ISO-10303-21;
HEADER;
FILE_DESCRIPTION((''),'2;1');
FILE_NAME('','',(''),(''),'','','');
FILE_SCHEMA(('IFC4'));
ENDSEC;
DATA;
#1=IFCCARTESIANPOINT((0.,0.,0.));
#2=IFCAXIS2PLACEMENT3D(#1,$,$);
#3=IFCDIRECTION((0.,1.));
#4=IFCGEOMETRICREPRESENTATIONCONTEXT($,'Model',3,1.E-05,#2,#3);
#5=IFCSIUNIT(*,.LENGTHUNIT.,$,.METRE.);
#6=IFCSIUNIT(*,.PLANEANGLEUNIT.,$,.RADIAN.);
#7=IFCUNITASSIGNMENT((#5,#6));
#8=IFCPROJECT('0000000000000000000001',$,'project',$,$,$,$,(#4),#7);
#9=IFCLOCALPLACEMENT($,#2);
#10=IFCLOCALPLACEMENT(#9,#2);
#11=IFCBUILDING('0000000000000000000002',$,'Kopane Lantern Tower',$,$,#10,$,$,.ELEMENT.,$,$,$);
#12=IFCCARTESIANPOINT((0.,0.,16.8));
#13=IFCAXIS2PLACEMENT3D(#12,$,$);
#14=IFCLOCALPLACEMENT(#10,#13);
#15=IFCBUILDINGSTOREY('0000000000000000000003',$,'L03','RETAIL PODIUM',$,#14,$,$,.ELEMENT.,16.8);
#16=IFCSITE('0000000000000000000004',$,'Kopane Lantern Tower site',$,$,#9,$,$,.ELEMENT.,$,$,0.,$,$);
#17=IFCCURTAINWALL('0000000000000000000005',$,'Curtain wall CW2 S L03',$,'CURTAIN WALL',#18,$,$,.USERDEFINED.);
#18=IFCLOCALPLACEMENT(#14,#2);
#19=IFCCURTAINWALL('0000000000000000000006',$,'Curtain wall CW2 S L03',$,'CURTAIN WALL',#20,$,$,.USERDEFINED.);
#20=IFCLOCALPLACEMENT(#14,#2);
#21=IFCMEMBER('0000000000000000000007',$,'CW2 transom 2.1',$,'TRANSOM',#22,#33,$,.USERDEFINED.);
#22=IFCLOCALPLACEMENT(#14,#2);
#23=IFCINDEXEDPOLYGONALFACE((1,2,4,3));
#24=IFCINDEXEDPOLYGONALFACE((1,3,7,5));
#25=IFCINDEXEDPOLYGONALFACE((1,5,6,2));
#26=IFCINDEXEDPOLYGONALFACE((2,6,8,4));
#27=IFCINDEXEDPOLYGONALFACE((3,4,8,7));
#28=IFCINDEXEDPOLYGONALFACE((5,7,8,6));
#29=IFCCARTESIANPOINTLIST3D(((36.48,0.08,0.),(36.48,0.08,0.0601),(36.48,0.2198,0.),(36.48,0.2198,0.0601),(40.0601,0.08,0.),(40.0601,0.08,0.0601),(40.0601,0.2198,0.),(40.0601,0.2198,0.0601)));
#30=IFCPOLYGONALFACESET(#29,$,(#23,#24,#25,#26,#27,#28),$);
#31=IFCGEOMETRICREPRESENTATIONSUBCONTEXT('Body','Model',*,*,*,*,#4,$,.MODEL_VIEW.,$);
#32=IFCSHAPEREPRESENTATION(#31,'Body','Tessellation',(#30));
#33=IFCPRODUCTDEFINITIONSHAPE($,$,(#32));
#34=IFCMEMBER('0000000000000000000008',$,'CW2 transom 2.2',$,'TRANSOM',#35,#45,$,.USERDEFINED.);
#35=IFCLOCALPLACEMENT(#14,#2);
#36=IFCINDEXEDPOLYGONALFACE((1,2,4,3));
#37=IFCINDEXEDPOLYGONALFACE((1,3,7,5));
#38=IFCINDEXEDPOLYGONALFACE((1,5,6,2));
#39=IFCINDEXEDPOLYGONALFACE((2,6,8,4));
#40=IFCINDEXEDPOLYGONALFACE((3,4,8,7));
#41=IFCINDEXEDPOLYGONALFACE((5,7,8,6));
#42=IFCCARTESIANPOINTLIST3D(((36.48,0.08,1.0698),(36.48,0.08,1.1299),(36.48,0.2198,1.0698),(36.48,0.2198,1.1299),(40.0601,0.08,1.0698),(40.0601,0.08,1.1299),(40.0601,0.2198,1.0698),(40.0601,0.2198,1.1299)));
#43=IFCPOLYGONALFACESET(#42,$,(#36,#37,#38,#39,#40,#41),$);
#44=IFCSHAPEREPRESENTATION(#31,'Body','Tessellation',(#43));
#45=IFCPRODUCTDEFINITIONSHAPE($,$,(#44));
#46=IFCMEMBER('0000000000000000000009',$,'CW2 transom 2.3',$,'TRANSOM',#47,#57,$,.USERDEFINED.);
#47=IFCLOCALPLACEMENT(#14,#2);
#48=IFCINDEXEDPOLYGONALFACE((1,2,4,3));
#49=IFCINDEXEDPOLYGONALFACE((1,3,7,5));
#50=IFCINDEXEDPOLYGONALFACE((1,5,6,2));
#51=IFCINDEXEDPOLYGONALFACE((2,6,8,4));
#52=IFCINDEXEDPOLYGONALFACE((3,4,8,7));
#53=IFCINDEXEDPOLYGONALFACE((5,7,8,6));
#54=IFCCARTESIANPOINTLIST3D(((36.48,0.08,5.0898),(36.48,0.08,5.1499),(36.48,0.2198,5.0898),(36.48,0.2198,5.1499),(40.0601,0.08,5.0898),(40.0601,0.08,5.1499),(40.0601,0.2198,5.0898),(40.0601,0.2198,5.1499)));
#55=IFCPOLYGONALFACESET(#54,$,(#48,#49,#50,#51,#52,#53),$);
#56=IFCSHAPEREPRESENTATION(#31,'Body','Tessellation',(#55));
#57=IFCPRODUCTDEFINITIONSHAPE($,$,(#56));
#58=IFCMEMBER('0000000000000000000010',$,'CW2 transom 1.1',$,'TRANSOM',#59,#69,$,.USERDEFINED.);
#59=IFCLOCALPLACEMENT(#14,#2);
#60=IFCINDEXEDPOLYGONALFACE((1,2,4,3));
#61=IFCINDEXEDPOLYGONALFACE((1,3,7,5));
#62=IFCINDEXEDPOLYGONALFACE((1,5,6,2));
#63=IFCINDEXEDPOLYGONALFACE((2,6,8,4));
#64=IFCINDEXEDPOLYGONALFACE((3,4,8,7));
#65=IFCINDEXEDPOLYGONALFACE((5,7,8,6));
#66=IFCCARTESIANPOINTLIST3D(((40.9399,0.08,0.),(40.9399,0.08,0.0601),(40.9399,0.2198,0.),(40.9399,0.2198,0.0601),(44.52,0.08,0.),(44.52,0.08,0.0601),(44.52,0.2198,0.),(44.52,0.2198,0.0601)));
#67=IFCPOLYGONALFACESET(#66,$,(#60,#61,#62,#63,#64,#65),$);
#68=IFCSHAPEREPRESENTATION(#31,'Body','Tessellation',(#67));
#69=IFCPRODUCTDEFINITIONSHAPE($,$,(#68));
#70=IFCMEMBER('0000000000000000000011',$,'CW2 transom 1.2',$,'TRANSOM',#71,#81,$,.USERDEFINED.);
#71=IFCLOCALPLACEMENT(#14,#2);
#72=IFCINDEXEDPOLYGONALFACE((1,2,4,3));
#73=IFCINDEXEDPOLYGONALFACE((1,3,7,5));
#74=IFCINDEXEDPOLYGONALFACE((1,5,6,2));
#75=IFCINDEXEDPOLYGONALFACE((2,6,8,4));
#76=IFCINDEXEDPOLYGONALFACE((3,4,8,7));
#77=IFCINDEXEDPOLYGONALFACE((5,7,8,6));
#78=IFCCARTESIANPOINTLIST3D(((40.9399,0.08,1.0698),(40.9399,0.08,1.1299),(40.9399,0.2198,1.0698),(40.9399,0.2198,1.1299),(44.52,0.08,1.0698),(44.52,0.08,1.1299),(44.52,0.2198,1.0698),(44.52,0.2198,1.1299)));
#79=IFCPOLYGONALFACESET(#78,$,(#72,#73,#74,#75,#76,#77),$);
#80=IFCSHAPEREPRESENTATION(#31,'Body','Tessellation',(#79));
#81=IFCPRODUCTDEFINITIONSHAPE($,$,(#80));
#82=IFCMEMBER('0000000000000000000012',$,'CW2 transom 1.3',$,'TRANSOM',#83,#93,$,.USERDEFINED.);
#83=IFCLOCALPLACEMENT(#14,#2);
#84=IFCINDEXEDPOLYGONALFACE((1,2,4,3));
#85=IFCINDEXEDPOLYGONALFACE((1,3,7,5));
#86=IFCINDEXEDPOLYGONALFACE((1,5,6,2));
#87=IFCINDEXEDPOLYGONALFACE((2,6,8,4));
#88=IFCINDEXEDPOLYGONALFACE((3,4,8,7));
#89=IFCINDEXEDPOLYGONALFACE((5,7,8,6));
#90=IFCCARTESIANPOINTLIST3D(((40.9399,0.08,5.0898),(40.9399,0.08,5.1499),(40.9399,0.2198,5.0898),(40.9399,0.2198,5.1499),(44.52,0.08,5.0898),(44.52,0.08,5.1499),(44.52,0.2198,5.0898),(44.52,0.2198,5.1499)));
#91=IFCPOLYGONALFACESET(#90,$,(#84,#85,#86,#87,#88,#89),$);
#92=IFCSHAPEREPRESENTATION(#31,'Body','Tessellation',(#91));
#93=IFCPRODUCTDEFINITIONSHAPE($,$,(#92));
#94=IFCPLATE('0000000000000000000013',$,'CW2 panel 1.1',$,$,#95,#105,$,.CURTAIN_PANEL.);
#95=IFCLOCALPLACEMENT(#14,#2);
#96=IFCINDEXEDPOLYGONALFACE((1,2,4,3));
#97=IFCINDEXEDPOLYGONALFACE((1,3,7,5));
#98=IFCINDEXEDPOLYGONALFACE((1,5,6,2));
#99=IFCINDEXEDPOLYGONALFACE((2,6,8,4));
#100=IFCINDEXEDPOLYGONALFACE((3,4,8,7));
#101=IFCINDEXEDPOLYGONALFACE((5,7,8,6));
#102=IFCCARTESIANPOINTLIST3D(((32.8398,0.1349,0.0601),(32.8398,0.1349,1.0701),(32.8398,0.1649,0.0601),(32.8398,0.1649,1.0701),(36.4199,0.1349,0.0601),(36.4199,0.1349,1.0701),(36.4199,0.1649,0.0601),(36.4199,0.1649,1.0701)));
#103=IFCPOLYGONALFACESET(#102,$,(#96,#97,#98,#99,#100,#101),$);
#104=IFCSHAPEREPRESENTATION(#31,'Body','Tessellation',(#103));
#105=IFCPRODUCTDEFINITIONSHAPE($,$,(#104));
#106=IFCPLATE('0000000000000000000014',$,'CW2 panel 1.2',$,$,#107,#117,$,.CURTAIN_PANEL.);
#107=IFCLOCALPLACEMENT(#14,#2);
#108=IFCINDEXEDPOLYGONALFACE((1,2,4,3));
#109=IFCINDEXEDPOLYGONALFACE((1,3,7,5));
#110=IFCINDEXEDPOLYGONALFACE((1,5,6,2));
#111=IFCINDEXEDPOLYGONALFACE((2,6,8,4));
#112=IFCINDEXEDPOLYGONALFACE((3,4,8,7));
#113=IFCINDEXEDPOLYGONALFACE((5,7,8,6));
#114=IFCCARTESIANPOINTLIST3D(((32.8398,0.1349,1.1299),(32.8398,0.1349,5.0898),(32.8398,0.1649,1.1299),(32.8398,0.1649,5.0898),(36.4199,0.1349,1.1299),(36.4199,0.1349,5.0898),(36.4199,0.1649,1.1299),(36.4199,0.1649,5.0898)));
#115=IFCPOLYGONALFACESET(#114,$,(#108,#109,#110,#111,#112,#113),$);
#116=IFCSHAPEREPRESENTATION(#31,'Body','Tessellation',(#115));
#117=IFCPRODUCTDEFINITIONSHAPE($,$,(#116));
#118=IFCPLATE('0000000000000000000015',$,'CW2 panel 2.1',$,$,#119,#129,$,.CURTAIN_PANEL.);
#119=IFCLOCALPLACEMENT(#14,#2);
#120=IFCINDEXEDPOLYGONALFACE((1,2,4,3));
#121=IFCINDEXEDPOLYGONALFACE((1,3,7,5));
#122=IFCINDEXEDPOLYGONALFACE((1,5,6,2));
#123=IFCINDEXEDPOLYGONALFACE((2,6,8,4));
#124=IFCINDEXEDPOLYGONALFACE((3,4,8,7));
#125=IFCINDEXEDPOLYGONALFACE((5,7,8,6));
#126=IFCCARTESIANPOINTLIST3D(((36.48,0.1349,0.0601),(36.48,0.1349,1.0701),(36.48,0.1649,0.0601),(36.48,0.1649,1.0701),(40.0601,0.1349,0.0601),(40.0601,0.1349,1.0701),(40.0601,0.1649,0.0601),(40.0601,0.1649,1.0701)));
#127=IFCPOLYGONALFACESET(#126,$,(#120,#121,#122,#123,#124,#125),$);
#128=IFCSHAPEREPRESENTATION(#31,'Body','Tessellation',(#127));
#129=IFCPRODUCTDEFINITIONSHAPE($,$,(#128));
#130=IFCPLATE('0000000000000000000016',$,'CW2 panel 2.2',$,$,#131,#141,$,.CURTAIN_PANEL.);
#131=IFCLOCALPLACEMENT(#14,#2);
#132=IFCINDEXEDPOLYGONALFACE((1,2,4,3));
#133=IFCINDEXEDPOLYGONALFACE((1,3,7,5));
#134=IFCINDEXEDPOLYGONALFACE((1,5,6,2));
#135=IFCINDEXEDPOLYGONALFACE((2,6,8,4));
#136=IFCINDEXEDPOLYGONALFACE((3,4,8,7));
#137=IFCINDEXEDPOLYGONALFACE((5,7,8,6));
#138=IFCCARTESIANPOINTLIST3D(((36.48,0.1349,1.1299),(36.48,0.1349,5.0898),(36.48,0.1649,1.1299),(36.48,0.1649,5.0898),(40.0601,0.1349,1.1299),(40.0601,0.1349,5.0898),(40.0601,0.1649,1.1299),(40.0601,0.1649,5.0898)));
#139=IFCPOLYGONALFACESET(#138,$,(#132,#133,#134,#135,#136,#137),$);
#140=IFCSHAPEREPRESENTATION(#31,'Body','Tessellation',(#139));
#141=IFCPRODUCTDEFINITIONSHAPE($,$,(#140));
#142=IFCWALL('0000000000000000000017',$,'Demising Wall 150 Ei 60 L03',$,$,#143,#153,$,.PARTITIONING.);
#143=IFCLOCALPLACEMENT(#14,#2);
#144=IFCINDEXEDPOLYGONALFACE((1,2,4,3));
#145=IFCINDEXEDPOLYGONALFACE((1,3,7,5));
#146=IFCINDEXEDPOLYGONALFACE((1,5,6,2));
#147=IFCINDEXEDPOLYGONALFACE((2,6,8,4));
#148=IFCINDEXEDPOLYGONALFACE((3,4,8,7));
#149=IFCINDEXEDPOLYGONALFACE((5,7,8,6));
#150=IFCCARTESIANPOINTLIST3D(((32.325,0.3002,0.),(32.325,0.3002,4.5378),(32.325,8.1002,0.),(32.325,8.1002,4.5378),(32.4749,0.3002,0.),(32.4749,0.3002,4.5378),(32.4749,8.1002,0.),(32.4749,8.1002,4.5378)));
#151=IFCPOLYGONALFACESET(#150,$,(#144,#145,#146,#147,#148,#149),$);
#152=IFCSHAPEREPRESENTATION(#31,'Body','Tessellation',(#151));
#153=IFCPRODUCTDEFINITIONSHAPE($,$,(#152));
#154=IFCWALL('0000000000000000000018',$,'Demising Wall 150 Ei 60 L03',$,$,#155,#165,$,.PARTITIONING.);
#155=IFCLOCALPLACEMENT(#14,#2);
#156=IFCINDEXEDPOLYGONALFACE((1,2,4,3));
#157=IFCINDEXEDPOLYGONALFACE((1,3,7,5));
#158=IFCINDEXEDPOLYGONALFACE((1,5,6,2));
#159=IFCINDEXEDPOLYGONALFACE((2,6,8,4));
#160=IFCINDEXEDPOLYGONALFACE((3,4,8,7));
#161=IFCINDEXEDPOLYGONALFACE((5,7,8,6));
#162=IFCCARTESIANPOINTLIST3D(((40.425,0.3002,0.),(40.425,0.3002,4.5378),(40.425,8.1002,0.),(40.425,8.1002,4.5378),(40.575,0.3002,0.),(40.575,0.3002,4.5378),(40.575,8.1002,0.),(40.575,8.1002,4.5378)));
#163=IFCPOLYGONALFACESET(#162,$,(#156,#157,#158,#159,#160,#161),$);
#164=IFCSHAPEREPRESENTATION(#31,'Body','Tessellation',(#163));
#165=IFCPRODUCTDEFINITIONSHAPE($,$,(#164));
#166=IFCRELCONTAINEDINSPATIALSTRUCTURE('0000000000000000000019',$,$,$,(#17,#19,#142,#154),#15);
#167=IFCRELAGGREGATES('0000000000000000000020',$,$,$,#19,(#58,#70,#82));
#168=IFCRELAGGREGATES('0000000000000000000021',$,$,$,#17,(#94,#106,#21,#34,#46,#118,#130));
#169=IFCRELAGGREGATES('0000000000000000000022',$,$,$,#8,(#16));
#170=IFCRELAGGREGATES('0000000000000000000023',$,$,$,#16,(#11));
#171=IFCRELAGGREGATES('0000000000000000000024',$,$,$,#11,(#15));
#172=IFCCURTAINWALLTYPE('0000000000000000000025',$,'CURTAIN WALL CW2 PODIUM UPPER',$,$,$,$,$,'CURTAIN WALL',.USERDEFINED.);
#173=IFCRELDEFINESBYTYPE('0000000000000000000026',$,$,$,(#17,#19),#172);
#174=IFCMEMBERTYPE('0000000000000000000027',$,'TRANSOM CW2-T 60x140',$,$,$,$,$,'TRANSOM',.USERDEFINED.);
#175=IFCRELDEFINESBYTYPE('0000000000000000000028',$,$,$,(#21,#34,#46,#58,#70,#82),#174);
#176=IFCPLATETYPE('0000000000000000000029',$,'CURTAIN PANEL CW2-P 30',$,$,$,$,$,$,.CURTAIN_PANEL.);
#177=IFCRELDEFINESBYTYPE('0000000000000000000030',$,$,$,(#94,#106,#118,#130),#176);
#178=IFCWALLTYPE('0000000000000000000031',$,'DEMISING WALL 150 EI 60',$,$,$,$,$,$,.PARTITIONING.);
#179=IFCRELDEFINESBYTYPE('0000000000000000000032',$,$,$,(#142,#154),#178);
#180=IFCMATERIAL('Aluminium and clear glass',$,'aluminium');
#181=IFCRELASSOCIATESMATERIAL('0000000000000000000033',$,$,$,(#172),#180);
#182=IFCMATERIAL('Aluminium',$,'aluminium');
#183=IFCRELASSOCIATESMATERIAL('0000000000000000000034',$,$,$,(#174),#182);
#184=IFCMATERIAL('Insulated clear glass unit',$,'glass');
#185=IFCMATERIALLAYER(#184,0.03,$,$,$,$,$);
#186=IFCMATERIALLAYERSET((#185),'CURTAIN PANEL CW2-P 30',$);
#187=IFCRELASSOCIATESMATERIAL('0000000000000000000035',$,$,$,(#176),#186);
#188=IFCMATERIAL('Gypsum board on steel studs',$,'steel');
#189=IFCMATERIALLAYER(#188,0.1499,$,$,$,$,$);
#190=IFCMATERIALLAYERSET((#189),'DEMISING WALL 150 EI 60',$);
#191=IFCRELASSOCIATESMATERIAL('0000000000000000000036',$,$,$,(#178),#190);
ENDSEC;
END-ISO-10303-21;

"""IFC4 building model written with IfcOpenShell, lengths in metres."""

from ifc_helpers import new_model, si_unit, direction, frame, frame_2d, origin, origin_2d, place, context, subcontext, project, spatial, rectangle, extrude, material, layer, layer_set, material_profile, profile_set, type_object, element, aggregate, save


model = new_model("IFC4")

# Units and contexts
model_context = context("Model", 3, precision=1e-05, world=origin(), true_north=direction((0.0, 1.0)))
body_context = subcontext(model_context, "Body", "Model", "MODEL_VIEW")
ifc_project = project(units=[si_unit("LENGTHUNIT", "METRE"), si_unit("PLANEANGLEUNIT", "RADIAN")], contexts=[model_context])

# Site, building, storey
site_placement = place(None, origin())
site = spatial("IfcSite", under=ifc_project, at=site_placement, Name="Kopane Lantern Tower site", CompositionType="ELEMENT", RefElevation=0.0)
building_placement = place(site_placement, origin())
building = spatial("IfcBuilding", under=site, at=building_placement, Name="Kopane Lantern Tower", CompositionType="ELEMENT")
storey_placement = place(building_placement, frame((0.0, 0.0, 16.8)))
storey = spatial("IfcBuildingStorey", under=building, at=storey_placement, Name="L03", Description="RETAIL PODIUM", CompositionType="ELEMENT", Elevation=16.8)

# Curtain wall
ifc_material_1 = material(Name="Aluminium and clear glass", Category="aluminium")
curtain_wall_type = type_object("IfcCurtainWallType", Name="CURTAIN WALL CW2 PODIUM UPPER", ElementType="CURTAIN WALL", PredefinedType="USERDEFINED", material=ifc_material_1)
curtain_wall_1_placement = place(storey_placement, origin())
curtain_wall_1 = element("IfcCurtainWall", 1, at=curtain_wall_1_placement, inside=storey, type_object=curtain_wall_type, Name="Curtain wall CW2 S L03", ObjectType="CURTAIN WALL", PredefinedType="USERDEFINED")

# Curtain wall
curtain_wall_2_placement = place(storey_placement, origin())
curtain_wall_2 = element("IfcCurtainWall", 2, at=curtain_wall_2_placement, inside=storey, type_object=curtain_wall_type, Name="Curtain wall CW2 S L03", ObjectType="CURTAIN WALL", PredefinedType="USERDEFINED")

# Members
ifc_material_2 = material(Name="Aluminium", Category="aluminium")
ifc_material_profile_1 = material_profile(ifc_material_2, rectangle(XDim=0.1399, YDim=0.0601, at=origin_2d()), Name="AL 140x60")
ifc_profile_set_1 = profile_set([ifc_material_profile_1], Name="Aluminium")
member_type_1 = type_object("IfcMemberType", Name="TRANSOM CW2-T 60x140", ElementType="TRANSOM", PredefinedType="USERDEFINED", material=ifc_profile_set_1)
member_1_placement = place(storey_placement, frame((36.48, 0.1499, 0.03), z_axis=(1.0, 0.0, 0.0), x_axis=(0.0, 1.0, 0.0)))
member_1 = element("IfcMember", 3, at=member_1_placement, type_object=member_type_1, Name="CW2 transom 2.1", ObjectType="TRANSOM", PredefinedType="USERDEFINED", context=body_context, shape_type="SweptSolid", body=[
    extrude(rectangle(XDim=0.1399, YDim=0.0601, at=origin_2d()), origin(), (0.0, 0.0, 1.0), 3.5801),
])
member_2_placement = place(storey_placement, frame((36.48, 0.1499, 1.0999), z_axis=(1.0, 0.0, 0.0), x_axis=(0.0, 1.0, 0.0)))
member_2 = element("IfcMember", 4, at=member_2_placement, type_object=member_type_1, Name="CW2 transom 2.2", ObjectType="TRANSOM", PredefinedType="USERDEFINED", context=body_context, shape_type="SweptSolid", body=[
    extrude(rectangle(XDim=0.1399, YDim=0.0601, at=origin_2d()), origin(), (0.0, 0.0, 1.0), 3.5801),
])
member_3_placement = place(storey_placement, frame((36.48, 0.1499, 5.1199), z_axis=(1.0, 0.0, 0.0), x_axis=(0.0, 1.0, 0.0)))
member_3 = element("IfcMember", 5, at=member_3_placement, type_object=member_type_1, Name="CW2 transom 2.3", ObjectType="TRANSOM", PredefinedType="USERDEFINED", context=body_context, shape_type="SweptSolid", body=[
    extrude(rectangle(XDim=0.1399, YDim=0.0601, at=origin_2d()), origin(), (0.0, 0.0, 1.0), 3.5801),
])
member_4_placement = place(storey_placement, frame((40.9399, 0.1499, 0.03), z_axis=(1.0, 0.0, 0.0), x_axis=(0.0, 1.0, 0.0)))
member_4 = element("IfcMember", 6, at=member_4_placement, type_object=member_type_1, Name="CW2 transom 1.1", ObjectType="TRANSOM", PredefinedType="USERDEFINED", context=body_context, shape_type="SweptSolid", body=[
    extrude(rectangle(XDim=0.1399, YDim=0.0601, at=origin_2d()), origin(), (0.0, 0.0, 1.0), 3.5801),
])
member_5_placement = place(storey_placement, frame((40.9399, 0.1499, 1.0999), z_axis=(1.0, 0.0, 0.0), x_axis=(0.0, 1.0, 0.0)))
member_5 = element("IfcMember", 7, at=member_5_placement, type_object=member_type_1, Name="CW2 transom 1.2", ObjectType="TRANSOM", PredefinedType="USERDEFINED", context=body_context, shape_type="SweptSolid", body=[
    extrude(rectangle(XDim=0.1399, YDim=0.0601, at=origin_2d()), origin(), (0.0, 0.0, 1.0), 3.5801),
])
member_6_placement = place(storey_placement, frame((40.9399, 0.1499, 5.1199), z_axis=(1.0, 0.0, 0.0), x_axis=(0.0, 1.0, 0.0)))
member_6 = element("IfcMember", 8, at=member_6_placement, type_object=member_type_1, Name="CW2 transom 1.3", ObjectType="TRANSOM", PredefinedType="USERDEFINED", context=body_context, shape_type="SweptSolid", body=[
    extrude(rectangle(XDim=0.1399, YDim=0.0601, at=origin_2d()), origin(), (0.0, 0.0, 1.0), 3.5801),
])
aggregate(curtain_wall_2, [member_4, member_5, member_6])

# Plates
ifc_material_3 = material(Name="Insulated clear glass unit", Category="glass")
ifc_layer_1 = layer(ifc_material_3, 0.03)
ifc_layer_set_1 = layer_set([ifc_layer_1], Name="CURTAIN PANEL CW2-P 30")
plate_type = type_object("IfcPlateType", Name="CURTAIN PANEL CW2-P 30", PredefinedType="CURTAIN_PANEL", material=ifc_layer_set_1)
plate_1_placement = place(storey_placement, frame((34.6299, 0.1499, 0.0601), z_axis=(0.0, 0.0, 1.0), x_axis=(1.0, 0.0, 0.0)))
plate_1 = element("IfcPlate", 9, at=plate_1_placement, type_object=plate_type, Name="CW2 panel 1.1", PredefinedType="CURTAIN_PANEL", context=body_context, shape_type="SweptSolid", body=[
    extrude(rectangle(XDim=3.5801, YDim=0.03, at=origin_2d()), origin(), (0.0, 0.0, 1.0), 1.01),
])
plate_2_placement = place(storey_placement, frame((34.6299, 0.1499, 1.1299), z_axis=(0.0, 0.0, 1.0), x_axis=(1.0, 0.0, 0.0)))
plate_2 = element("IfcPlate", 10, at=plate_2_placement, type_object=plate_type, Name="CW2 panel 1.2", PredefinedType="CURTAIN_PANEL", context=body_context, shape_type="SweptSolid", body=[
    extrude(rectangle(XDim=3.5801, YDim=0.03, at=origin_2d()), origin(), (0.0, 0.0, 1.0), 3.96),
])
plate_3_placement = place(storey_placement, frame((38.27, 0.1499, 0.0601), z_axis=(0.0, 0.0, 1.0), x_axis=(1.0, 0.0, 0.0)))
plate_3 = element("IfcPlate", 11, at=plate_3_placement, type_object=plate_type, Name="CW2 panel 2.1", PredefinedType="CURTAIN_PANEL", context=body_context, shape_type="SweptSolid", body=[
    extrude(rectangle(XDim=3.5801, YDim=0.03, at=origin_2d()), origin(), (0.0, 0.0, 1.0), 1.01),
])
plate_4_placement = place(storey_placement, frame((38.27, 0.1499, 1.1299), z_axis=(0.0, 0.0, 1.0), x_axis=(1.0, 0.0, 0.0)))
plate_4 = element("IfcPlate", 12, at=plate_4_placement, type_object=plate_type, Name="CW2 panel 2.2", PredefinedType="CURTAIN_PANEL", context=body_context, shape_type="SweptSolid", body=[
    extrude(rectangle(XDim=3.5801, YDim=0.03, at=origin_2d()), origin(), (0.0, 0.0, 1.0), 3.96),
])
aggregate(curtain_wall_1, [plate_1, plate_2, member_1, member_2, member_3, plate_3, plate_4])

# Walls
ifc_material_4 = material(Name="Gypsum board on steel studs", Category="steel")
ifc_layer_2 = layer(ifc_material_4, 0.1499)
ifc_layer_set_2 = layer_set([ifc_layer_2], Name="DEMISING WALL 150 EI 60")
wall_type = type_object("IfcWallType", Name="DEMISING WALL 150 EI 60", PredefinedType="PARTITIONING", material=ifc_layer_set_2)
for number, where, z_axis, x_axis, name in (
    (13, (32.3999, 8.1001, 0.0), (0.0, 0.0, 1.0), (0.0, -1.0, 0.0), "Demising Wall 150 Ei 60 L03"),
    (14, (40.5, 8.1001, 0.0), (0.0, 0.0, 1.0), (0.0, -1.0, 0.0), "Demising Wall 150 Ei 60 L03"),
):
    element("IfcWall", number, at=place(storey_placement, frame(where, z_axis=z_axis, x_axis=x_axis)), inside=storey, type_object=wall_type, Name=name, PredefinedType="PARTITIONING", context=body_context, shape_type="SweptSolid", body=[
        extrude(rectangle(XDim=7.8, YDim=0.1499, at=frame_2d((3.8999, 0.0))), origin(), (0.0, 0.0, 1.0), 4.5378),
    ])

save(model, "model.ifc")
